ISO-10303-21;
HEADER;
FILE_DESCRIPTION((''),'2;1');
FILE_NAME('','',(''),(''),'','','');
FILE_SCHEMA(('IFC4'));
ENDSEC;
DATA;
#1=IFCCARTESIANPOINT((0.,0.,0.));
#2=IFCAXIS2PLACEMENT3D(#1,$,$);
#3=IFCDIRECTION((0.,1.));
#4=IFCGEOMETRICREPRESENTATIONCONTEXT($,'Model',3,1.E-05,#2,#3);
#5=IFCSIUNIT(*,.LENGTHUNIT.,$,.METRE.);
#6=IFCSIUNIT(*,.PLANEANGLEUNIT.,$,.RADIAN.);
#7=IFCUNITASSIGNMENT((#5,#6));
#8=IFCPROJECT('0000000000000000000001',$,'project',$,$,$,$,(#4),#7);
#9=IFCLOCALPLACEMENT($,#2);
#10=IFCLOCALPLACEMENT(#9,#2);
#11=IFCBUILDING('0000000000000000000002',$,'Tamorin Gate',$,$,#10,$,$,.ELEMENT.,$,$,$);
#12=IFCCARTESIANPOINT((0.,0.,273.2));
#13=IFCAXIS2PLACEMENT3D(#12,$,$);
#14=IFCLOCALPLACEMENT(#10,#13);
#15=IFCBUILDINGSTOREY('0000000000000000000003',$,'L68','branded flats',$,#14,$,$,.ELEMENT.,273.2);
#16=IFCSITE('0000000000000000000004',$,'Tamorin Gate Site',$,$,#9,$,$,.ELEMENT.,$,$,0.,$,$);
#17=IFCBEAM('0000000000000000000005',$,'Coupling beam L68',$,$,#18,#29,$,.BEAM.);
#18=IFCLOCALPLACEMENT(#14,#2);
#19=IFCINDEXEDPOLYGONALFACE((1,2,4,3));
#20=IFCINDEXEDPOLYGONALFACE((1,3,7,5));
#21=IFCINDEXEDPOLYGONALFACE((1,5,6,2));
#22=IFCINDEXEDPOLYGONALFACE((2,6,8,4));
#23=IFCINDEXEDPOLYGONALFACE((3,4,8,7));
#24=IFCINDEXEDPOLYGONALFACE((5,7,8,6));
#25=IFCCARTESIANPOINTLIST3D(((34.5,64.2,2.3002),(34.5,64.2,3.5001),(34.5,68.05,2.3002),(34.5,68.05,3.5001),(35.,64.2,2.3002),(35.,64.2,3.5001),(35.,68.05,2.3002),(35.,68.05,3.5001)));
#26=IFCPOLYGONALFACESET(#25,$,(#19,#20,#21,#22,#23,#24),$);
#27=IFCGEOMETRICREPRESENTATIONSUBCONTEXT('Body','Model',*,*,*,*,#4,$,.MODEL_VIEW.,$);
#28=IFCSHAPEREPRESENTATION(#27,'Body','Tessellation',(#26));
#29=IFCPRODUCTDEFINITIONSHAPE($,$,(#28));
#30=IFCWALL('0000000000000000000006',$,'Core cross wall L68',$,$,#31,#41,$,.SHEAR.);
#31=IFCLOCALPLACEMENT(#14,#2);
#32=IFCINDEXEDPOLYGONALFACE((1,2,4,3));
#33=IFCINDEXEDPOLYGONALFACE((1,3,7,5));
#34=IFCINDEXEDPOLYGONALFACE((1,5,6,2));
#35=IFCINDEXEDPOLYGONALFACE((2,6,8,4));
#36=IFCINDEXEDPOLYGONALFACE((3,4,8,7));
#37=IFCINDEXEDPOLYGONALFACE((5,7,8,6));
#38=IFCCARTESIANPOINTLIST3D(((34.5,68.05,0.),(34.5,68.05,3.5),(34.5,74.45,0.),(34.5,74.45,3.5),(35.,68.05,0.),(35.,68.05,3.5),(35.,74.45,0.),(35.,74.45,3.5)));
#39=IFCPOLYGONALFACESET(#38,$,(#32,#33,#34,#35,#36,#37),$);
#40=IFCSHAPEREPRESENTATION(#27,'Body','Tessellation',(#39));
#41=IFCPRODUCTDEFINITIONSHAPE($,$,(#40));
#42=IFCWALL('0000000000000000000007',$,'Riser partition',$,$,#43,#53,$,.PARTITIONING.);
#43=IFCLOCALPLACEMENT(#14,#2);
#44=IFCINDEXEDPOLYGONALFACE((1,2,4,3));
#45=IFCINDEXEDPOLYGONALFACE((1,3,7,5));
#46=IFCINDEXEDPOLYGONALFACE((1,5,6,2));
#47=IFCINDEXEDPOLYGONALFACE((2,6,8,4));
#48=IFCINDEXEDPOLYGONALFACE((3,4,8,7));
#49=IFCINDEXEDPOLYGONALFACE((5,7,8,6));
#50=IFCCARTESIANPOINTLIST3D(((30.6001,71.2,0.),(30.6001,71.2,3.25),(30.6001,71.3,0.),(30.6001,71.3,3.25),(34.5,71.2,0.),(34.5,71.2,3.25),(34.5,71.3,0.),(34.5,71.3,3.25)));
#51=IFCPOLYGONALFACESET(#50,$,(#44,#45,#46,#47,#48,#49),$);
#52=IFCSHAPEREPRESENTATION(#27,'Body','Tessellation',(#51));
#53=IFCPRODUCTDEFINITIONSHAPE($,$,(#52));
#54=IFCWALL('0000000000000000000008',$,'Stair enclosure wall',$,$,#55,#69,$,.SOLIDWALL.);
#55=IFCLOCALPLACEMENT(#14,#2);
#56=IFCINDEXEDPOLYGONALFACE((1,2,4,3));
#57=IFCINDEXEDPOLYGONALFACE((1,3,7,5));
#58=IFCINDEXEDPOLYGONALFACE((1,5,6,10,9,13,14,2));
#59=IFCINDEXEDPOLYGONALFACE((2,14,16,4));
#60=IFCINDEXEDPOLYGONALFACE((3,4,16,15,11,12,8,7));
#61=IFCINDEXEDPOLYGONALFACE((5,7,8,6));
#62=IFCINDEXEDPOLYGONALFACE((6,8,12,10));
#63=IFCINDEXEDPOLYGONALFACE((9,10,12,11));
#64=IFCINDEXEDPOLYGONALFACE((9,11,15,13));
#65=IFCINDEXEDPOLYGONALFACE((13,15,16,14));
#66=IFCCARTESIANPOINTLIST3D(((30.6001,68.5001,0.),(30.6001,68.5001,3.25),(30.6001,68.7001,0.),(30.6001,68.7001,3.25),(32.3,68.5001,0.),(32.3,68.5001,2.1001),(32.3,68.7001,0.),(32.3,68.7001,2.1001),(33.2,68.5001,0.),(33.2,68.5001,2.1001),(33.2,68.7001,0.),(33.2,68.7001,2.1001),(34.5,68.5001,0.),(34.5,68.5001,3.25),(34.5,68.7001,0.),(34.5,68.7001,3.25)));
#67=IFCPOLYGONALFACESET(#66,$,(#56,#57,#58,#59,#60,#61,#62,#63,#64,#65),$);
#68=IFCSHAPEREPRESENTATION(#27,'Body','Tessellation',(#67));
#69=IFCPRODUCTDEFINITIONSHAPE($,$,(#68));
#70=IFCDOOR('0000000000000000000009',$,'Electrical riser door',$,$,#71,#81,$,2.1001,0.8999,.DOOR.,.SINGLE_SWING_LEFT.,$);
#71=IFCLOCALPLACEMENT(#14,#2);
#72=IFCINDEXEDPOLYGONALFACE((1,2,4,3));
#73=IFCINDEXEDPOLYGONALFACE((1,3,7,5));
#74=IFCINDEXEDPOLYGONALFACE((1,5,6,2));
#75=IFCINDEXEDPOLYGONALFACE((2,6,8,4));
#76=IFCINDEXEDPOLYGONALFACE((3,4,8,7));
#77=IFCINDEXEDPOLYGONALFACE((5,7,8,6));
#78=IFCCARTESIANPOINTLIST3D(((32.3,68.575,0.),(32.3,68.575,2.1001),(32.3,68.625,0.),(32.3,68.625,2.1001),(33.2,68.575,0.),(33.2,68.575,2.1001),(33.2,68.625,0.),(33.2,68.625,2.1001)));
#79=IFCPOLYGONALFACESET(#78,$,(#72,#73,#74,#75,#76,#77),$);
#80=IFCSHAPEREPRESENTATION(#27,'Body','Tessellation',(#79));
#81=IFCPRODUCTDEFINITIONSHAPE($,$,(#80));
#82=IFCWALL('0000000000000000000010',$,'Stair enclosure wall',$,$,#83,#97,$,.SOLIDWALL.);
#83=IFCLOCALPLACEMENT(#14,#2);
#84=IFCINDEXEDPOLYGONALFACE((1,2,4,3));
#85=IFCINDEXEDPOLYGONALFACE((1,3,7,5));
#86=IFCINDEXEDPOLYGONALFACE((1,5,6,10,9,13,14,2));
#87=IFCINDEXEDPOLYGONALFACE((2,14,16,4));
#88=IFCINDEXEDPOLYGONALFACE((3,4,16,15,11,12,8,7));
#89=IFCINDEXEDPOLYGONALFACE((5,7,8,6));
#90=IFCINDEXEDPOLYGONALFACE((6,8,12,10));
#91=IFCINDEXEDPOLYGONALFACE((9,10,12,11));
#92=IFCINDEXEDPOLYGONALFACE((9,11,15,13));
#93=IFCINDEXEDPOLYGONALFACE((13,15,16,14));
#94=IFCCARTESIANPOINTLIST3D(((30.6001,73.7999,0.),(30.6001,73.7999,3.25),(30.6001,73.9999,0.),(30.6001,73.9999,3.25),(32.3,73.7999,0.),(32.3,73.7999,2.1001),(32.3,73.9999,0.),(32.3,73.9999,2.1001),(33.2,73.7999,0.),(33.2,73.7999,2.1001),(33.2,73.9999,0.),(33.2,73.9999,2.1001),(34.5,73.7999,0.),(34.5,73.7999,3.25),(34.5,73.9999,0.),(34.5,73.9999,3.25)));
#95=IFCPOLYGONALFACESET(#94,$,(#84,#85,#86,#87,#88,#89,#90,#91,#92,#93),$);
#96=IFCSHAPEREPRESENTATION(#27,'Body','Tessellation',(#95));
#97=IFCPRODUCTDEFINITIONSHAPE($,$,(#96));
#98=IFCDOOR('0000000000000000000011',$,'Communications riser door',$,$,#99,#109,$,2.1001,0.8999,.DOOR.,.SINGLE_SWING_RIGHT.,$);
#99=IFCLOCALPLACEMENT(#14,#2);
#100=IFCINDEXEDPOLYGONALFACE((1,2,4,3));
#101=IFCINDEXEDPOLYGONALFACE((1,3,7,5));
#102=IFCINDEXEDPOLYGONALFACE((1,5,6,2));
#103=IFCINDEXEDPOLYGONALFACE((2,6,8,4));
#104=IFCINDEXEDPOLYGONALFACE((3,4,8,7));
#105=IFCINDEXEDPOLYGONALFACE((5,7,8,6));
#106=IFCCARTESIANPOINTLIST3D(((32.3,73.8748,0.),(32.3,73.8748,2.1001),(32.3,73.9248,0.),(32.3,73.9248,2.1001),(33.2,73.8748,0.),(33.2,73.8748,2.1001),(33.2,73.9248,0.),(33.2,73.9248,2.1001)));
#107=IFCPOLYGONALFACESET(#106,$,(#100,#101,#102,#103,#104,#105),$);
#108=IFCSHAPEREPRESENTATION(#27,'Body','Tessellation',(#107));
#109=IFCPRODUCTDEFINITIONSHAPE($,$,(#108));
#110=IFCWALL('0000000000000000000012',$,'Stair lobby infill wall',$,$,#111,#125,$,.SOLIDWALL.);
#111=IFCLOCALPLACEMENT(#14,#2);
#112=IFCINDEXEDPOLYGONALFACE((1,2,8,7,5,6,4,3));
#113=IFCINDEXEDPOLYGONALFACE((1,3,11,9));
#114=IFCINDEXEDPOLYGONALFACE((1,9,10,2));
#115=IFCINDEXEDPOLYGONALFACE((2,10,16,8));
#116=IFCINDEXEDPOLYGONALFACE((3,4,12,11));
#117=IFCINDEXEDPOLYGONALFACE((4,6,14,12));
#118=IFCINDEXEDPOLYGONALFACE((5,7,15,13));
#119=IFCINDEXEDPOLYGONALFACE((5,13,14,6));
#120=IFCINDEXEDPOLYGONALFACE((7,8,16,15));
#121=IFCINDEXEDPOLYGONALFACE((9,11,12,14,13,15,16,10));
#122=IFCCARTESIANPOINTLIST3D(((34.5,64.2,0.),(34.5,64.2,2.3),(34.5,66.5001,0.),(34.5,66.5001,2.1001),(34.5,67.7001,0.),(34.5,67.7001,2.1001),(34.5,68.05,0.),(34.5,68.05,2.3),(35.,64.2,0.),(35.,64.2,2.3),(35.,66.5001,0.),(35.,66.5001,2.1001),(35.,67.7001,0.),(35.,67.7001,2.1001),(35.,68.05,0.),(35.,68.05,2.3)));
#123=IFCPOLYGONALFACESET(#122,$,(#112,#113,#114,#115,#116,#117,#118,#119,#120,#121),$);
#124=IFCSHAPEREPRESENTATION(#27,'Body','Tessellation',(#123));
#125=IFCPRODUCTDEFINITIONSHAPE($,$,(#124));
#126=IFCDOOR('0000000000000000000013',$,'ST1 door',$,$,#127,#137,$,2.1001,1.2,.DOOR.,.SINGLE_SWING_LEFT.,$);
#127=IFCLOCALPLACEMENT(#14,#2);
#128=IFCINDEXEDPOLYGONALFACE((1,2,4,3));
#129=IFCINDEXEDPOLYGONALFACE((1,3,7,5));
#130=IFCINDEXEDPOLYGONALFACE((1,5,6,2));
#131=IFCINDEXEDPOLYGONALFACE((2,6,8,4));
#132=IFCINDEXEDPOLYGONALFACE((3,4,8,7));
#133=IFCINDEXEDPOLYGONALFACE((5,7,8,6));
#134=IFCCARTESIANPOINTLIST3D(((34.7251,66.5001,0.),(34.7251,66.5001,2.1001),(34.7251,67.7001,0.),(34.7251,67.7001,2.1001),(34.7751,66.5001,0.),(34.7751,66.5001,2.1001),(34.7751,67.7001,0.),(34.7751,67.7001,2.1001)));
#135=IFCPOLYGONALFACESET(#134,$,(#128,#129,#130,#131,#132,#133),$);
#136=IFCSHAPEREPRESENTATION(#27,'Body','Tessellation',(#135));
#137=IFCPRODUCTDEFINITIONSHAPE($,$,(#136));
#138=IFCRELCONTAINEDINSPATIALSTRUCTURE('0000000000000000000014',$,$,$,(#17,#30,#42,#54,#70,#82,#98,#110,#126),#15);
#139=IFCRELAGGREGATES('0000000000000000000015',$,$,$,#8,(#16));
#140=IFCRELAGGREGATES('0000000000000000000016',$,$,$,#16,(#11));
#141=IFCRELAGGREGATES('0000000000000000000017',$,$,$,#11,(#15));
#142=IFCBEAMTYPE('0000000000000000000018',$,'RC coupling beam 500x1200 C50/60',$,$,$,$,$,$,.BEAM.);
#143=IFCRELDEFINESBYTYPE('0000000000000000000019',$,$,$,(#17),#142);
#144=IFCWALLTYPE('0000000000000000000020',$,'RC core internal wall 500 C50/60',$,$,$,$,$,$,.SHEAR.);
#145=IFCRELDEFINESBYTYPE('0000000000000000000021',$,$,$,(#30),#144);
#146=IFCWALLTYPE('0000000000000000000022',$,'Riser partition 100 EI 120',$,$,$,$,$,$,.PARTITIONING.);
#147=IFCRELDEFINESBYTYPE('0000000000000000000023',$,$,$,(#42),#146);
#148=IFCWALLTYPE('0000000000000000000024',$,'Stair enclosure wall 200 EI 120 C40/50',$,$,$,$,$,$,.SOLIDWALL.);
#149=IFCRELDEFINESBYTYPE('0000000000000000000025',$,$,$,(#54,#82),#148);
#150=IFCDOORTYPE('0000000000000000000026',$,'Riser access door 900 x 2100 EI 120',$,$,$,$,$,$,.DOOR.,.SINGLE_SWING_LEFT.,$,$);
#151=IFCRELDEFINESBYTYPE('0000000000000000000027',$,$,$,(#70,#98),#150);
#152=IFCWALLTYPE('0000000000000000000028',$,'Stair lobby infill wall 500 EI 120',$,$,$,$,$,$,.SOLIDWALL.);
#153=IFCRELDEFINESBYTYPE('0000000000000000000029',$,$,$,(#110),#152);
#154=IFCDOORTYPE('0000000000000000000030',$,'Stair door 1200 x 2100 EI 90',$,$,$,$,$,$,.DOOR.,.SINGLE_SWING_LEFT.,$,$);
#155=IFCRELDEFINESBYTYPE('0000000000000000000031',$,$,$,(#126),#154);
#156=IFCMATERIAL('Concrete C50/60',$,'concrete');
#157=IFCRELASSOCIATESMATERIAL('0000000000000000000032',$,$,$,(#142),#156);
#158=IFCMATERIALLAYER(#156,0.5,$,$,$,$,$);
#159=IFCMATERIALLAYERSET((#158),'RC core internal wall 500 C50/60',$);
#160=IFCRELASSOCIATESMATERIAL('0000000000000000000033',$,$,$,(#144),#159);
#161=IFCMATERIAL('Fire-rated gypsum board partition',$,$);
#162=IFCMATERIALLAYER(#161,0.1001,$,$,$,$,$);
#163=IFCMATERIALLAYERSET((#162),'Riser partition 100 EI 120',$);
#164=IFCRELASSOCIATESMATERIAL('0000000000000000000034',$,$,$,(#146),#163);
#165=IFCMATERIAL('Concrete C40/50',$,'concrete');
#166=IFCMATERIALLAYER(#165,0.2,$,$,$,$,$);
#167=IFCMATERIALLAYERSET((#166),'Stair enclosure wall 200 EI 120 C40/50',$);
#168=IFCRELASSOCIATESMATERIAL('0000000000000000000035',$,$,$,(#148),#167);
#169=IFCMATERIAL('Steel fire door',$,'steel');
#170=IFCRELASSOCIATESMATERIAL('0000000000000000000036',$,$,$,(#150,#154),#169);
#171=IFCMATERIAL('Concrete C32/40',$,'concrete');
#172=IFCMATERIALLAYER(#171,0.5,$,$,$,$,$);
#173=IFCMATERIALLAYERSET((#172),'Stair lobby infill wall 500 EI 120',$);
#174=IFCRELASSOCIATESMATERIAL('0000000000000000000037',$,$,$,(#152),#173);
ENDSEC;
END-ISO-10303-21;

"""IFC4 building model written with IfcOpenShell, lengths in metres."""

from ifc_helpers import new_model, si_unit, direction, frame, frame_2d, origin, origin_2d, place, context, subcontext, project, spatial, rectangle, extrude, material, layer, layer_set, material_profile, profile_set, type_object, element, fill, save


model = new_model("IFC4")

# Units and contexts
model_context = context("Model", 3, precision=1e-05, world=origin(), true_north=direction((0.0, 1.0)))
body_context = subcontext(model_context, "Body", "Model", "MODEL_VIEW")
ifc_project = project(units=[si_unit("LENGTHUNIT", "METRE"), si_unit("PLANEANGLEUNIT", "RADIAN")], contexts=[model_context])

# Site, building, storey
site_placement = place(None, origin())
site = spatial("IfcSite", under=ifc_project, at=site_placement, Name="Tamorin Gate Site", CompositionType="ELEMENT", RefElevation=0.0)
building_placement = place(site_placement, origin())
building = spatial("IfcBuilding", under=site, at=building_placement, Name="Tamorin Gate", CompositionType="ELEMENT")
storey_placement = place(building_placement, frame((0.0, 0.0, 273.2)))
storey = spatial("IfcBuildingStorey", under=building, at=storey_placement, Name="L68", Description="branded flats", CompositionType="ELEMENT", Elevation=273.2)

# Beam
ifc_material_1 = material(Name="Concrete C50/60", Category="concrete")
ifc_material_profile = material_profile(ifc_material_1, rectangle(XDim=0.5, YDim=1.2, at=origin_2d()), Name="RC 500x1200")
ifc_profile_set = profile_set([ifc_material_profile], Name="Concrete C50/60")
beam_type = type_object("IfcBeamType", Name="RC coupling beam 500x1200 C50/60", PredefinedType="BEAM", material=ifc_profile_set)
beam_placement = place(storey_placement, frame((34.75, 64.2, 2.9001), z_axis=(0.0, 1.0, 0.0), x_axis=(-1.0, 0.0, 0.0)))
element("IfcBeam", 1, at=beam_placement, inside=storey, type_object=beam_type, Name="Coupling beam L68", PredefinedType="BEAM", context=body_context, shape_type="SweptSolid", body=[
    extrude(rectangle(XDim=0.5, YDim=1.2, at=origin_2d()), origin(), (0.0, 0.0, 1.0), 3.8501),
])

# Walls
ifc_layer_1 = layer(ifc_material_1, 0.5)
ifc_layer_set_1 = layer_set([ifc_layer_1], Name="RC core internal wall 500 C50/60")
wall_type_1 = type_object("IfcWallType", Name="RC core internal wall 500 C50/60", PredefinedType="SHEAR", material=ifc_layer_set_1)
wall_1_placement = place(storey_placement, frame((34.75, 68.05, 0.0), z_axis=(0.0, 0.0, 1.0), x_axis=(0.0, 1.0, 0.0)))
element("IfcWall", 2, at=wall_1_placement, inside=storey, type_object=wall_type_1, Name="Core cross wall L68", PredefinedType="SHEAR", context=body_context, shape_type="SweptSolid", body=[
    extrude(rectangle(XDim=6.3999, YDim=0.5, at=frame_2d((3.2, 0.0))), origin(), (0.0, 0.0, 1.0), 3.5),
])
ifc_material_2 = material(Name="Fire-rated gypsum board partition")
ifc_layer_2 = layer(ifc_material_2, 0.1001)
ifc_layer_set_2 = layer_set([ifc_layer_2], Name="Riser partition 100 EI 120")
wall_type_2 = type_object("IfcWallType", Name="Riser partition 100 EI 120", PredefinedType="PARTITIONING", material=ifc_layer_set_2)
wall_2_placement = place(storey_placement, frame((30.6001, 71.25, 0.0), z_axis=(0.0, 0.0, 1.0), x_axis=(1.0, 0.0, 0.0)))
element("IfcWall", 3, at=wall_2_placement, inside=storey, type_object=wall_type_2, Name="Riser partition", PredefinedType="PARTITIONING", context=body_context, shape_type="SweptSolid", body=[
    extrude(rectangle(XDim=3.8999, YDim=0.1001, at=frame_2d((1.95, 0.0))), origin(), (0.0, 0.0, 1.0), 3.25),
])

# Walls, openings, doors
ifc_material_3 = material(Name="Concrete C40/50", Category="concrete")
ifc_layer_3 = layer(ifc_material_3, 0.2)
ifc_layer_set_3 = layer_set([ifc_layer_3], Name="Stair enclosure wall 200 EI 120 C40/50")
wall_type_3 = type_object("IfcWallType", Name="Stair enclosure wall 200 EI 120 C40/50", PredefinedType="SOLIDWALL", material=ifc_layer_set_3)
wall_3_placement = place(storey_placement, frame((30.6001, 68.6001, 0.0), z_axis=(0.0, 0.0, 1.0), x_axis=(1.0, 0.0, 0.0)))
wall_3 = element("IfcWall", 4, at=wall_3_placement, inside=storey, type_object=wall_type_3, Name="Stair enclosure wall", PredefinedType="SOLIDWALL", context=body_context, shape_type="SweptSolid", body=[
    extrude(rectangle(XDim=3.8999, YDim=0.2, at=frame_2d((1.95, 0.0))), origin(), (0.0, 0.0, 1.0), 3.25),
])
opening_1_placement = place(wall_3_placement, frame((1.7, 0.0, 0.0)))
opening_1 = element("IfcOpeningElement", 5, at=opening_1_placement, cuts=wall_3, PredefinedType="OPENING", context=body_context, shape_type="SweptSolid", body=[
    extrude(rectangle(XDim=0.8999, YDim=2.1001, at=frame_2d((0.45, 1.05))), frame((0.0, 0.1099, 0.0), z_axis=(0.0, -1.0, 0.0), x_axis=(1.0, 0.0, 0.0)), (0.0, 0.0, 1.0), 0.22),
])
ifc_material_4 = material(Name="Steel fire door", Category="steel")
door_type_1 = type_object("IfcDoorType", Name="Riser access door 900 x 2100 EI 120", OperationType="SINGLE_SWING_LEFT", PredefinedType="DOOR", material=ifc_material_4)
door_1_placement = place(opening_1_placement, origin())
door_1 = element("IfcDoor", 6, at=door_1_placement, inside=storey, type_object=door_type_1, Name="Electrical riser door", OperationType="SINGLE_SWING_LEFT", OverallHeight=2.1001, OverallWidth=0.8999, PredefinedType="DOOR", context=body_context, shape_type="SweptSolid", body=[
    extrude(rectangle(XDim=0.8999, YDim=2.1001, at=frame_2d((0.45, 1.05))), frame((0.0, 0.0249, 0.0), z_axis=(0.0, -1.0, 0.0), x_axis=(1.0, 0.0, 0.0)), (0.0, 0.0, 1.0), 0.05),
])
fill(opening_1, door_1)
wall_4_placement = place(storey_placement, frame((30.6001, 73.8999, 0.0), z_axis=(0.0, 0.0, 1.0), x_axis=(1.0, 0.0, 0.0)))
wall_4 = element("IfcWall", 7, at=wall_4_placement, inside=storey, type_object=wall_type_3, Name="Stair enclosure wall", PredefinedType="SOLIDWALL", context=body_context, shape_type="SweptSolid", body=[
    extrude(rectangle(XDim=3.8999, YDim=0.2, at=frame_2d((1.95, 0.0))), origin(), (0.0, 0.0, 1.0), 3.25),
])
opening_2_placement = place(wall_4_placement, frame((1.7, 0.0, 0.0)))
opening_2 = element("IfcOpeningElement", 8, at=opening_2_placement, cuts=wall_4, PredefinedType="OPENING", context=body_context, shape_type="SweptSolid", body=[
    extrude(rectangle(XDim=0.8999, YDim=2.1001, at=frame_2d((0.45, 1.05))), frame((0.0, 0.1099, 0.0), z_axis=(0.0, -1.0, 0.0), x_axis=(1.0, 0.0, 0.0)), (0.0, 0.0, 1.0), 0.22),
])
door_2_placement = place(opening_2_placement, origin())
door_2 = element("IfcDoor", 9, at=door_2_placement, inside=storey, type_object=door_type_1, Name="Communications riser door", OperationType="SINGLE_SWING_RIGHT", OverallHeight=2.1001, OverallWidth=0.8999, PredefinedType="DOOR", context=body_context, shape_type="SweptSolid", body=[
    extrude(rectangle(XDim=0.8999, YDim=2.1001, at=frame_2d((0.45, 1.05))), frame((0.0, 0.0249, 0.0), z_axis=(0.0, -1.0, 0.0), x_axis=(1.0, 0.0, 0.0)), (0.0, 0.0, 1.0), 0.05),
])
fill(opening_2, door_2)
ifc_material_5 = material(Name="Concrete C32/40", Category="concrete")
ifc_layer_4 = layer(ifc_material_5, 0.5)
ifc_layer_set_4 = layer_set([ifc_layer_4], Name="Stair lobby infill wall 500 EI 120")
wall_type_4 = type_object("IfcWallType", Name="Stair lobby infill wall 500 EI 120", PredefinedType="SOLIDWALL", material=ifc_layer_set_4)
wall_5_placement = place(storey_placement, frame((34.75, 64.2, 0.0), z_axis=(0.0, 0.0, 1.0), x_axis=(0.0, 1.0, 0.0)))
wall_5 = element("IfcWall", 10, at=wall_5_placement, inside=storey, type_object=wall_type_4, Name="Stair lobby infill wall", PredefinedType="SOLIDWALL", context=body_context, shape_type="SweptSolid", body=[
    extrude(rectangle(XDim=3.8501, YDim=0.5, at=frame_2d((1.925, 0.0))), origin(), (0.0, 0.0, 1.0), 2.3),
])
opening_3_placement = place(wall_5_placement, frame((2.3, 0.0, 0.0)))
opening_3 = element("IfcOpeningElement", 11, at=opening_3_placement, cuts=wall_5, PredefinedType="OPENING", context=body_context, shape_type="SweptSolid", body=[
    extrude(rectangle(XDim=1.2, YDim=2.1001, at=frame_2d((0.6001, 1.05))), frame((0.0, 0.26, 0.0), z_axis=(0.0, -1.0, 0.0), x_axis=(1.0, 0.0, 0.0)), (0.0, 0.0, 1.0), 0.52),
])
door_type_2 = type_object("IfcDoorType", Name="Stair door 1200 x 2100 EI 90", OperationType="SINGLE_SWING_LEFT", PredefinedType="DOOR", material=ifc_material_4)
door_3_placement = place(opening_3_placement, origin())
door_3 = element("IfcDoor", 12, at=door_3_placement, inside=storey, type_object=door_type_2, Name="ST1 door", OperationType="SINGLE_SWING_LEFT", OverallHeight=2.1001, OverallWidth=1.2, PredefinedType="DOOR", context=body_context, shape_type="SweptSolid", body=[
    extrude(rectangle(XDim=1.2, YDim=2.1001, at=frame_2d((0.6001, 1.05))), frame((0.0, 0.0249, 0.0), z_axis=(0.0, -1.0, 0.0), x_axis=(1.0, 0.0, 0.0)), (0.0, 0.0, 1.0), 0.05),
])
fill(opening_3, door_3)

save(model, "model.ifc")
